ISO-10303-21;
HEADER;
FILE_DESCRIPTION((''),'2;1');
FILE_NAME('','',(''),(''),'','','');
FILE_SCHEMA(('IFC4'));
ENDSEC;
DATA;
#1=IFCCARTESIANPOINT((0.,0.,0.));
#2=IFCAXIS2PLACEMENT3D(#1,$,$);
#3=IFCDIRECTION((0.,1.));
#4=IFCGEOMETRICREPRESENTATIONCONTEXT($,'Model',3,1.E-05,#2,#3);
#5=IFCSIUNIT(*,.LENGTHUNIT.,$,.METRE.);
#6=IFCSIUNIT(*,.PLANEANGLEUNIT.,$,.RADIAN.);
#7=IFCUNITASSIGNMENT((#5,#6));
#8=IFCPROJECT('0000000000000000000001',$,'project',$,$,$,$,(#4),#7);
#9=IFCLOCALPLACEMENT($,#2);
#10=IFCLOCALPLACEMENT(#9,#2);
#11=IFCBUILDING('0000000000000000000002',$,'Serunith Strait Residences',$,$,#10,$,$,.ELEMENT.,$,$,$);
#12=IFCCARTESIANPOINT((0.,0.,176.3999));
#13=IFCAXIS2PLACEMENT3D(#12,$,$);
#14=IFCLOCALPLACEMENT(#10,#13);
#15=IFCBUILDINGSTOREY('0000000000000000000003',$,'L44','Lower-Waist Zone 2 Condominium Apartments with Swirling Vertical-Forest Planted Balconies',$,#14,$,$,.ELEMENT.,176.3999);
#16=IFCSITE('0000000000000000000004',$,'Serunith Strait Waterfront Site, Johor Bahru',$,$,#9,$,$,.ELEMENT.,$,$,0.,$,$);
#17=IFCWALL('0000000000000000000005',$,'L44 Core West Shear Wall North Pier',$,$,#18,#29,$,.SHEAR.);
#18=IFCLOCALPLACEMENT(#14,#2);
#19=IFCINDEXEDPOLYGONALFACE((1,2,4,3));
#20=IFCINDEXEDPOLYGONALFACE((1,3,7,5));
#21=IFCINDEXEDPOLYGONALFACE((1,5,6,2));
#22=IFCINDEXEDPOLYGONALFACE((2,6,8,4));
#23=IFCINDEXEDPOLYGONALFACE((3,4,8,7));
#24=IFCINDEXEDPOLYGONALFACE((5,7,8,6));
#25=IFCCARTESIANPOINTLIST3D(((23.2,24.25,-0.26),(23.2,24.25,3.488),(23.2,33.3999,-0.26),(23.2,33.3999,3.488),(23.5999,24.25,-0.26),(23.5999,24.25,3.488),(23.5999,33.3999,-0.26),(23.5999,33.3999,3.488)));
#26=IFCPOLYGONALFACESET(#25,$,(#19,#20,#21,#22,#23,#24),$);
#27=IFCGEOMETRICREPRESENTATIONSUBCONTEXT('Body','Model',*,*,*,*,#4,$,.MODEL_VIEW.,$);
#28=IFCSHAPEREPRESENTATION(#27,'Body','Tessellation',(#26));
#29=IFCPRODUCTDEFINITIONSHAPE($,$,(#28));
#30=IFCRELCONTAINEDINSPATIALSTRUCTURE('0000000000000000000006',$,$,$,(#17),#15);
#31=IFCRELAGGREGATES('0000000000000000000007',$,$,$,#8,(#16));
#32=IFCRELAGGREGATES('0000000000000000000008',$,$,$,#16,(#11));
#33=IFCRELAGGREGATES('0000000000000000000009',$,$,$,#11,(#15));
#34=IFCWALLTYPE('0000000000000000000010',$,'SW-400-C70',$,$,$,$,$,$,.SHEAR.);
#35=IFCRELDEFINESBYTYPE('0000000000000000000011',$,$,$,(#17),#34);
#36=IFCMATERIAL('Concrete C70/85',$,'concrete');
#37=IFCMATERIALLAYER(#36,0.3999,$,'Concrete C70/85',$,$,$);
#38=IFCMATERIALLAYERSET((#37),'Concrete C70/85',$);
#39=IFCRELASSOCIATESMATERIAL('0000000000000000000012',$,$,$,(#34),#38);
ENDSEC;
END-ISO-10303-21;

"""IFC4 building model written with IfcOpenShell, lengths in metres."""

from ifc_helpers import new_model, si_unit, direction, frame, frame_2d, origin, place, context, subcontext, project, spatial, rectangle, extrude, material, layer, layer_set, type_object, element, save


model = new_model("IFC4")

# Units and contexts
model_context = context("Model", 3, precision=1e-05, world=origin(), true_north=direction((0.0, 1.0)))
body_context = subcontext(model_context, "Body", "Model", "MODEL_VIEW")
ifc_project = project(units=[si_unit("LENGTHUNIT", "METRE"), si_unit("PLANEANGLEUNIT", "RADIAN")], contexts=[model_context])

# Site, building, storey
site_placement = place(None, origin())
site = spatial("IfcSite", under=ifc_project, at=site_placement, Name="Serunith Strait Waterfront Site, Johor Bahru", CompositionType="ELEMENT", RefElevation=0.0)
building_placement = place(site_placement, origin())
building = spatial("IfcBuilding", under=site, at=building_placement, Name="Serunith Strait Residences", CompositionType="ELEMENT")
storey_placement = place(building_placement, frame((0.0, 0.0, 176.3999)))
storey = spatial("IfcBuildingStorey", under=building, at=storey_placement, Name="L44", Description="Lower-Waist Zone 2 Condominium Apartments with Swirling Vertical-Forest Planted Balconies", CompositionType="ELEMENT", Elevation=176.3999)

# Wall
ifc_material_1 = material(Name="Concrete C70/85", Category="concrete")
ifc_layer_1 = layer(ifc_material_1, 0.3999, Name="Concrete C70/85")
ifc_layer_set_1 = layer_set([ifc_layer_1], Name="Concrete C70/85")
wall_type_1 = type_object("IfcWallType", Name="SW-400-C70", PredefinedType="SHEAR", material=ifc_layer_set_1)
wall_1_placement = place(storey_placement, frame((23.3999, 24.25, -0.26), z_axis=(0.0, 0.0, 1.0), x_axis=(0.0, 1.0, 0.0)))
element("IfcWall", 1, at=wall_1_placement, inside=storey, type_object=wall_type_1, Name="L44 Core West Shear Wall North Pier", PredefinedType="SHEAR", context=body_context, shape_type="SweptSolid", body=[
    extrude(rectangle(XDim=9.1499, YDim=0.3999, at=frame_2d((4.575, 0.0))), origin(), (0.0, 0.0, 1.0), 3.748),
])

save(model, "model.ifc")
